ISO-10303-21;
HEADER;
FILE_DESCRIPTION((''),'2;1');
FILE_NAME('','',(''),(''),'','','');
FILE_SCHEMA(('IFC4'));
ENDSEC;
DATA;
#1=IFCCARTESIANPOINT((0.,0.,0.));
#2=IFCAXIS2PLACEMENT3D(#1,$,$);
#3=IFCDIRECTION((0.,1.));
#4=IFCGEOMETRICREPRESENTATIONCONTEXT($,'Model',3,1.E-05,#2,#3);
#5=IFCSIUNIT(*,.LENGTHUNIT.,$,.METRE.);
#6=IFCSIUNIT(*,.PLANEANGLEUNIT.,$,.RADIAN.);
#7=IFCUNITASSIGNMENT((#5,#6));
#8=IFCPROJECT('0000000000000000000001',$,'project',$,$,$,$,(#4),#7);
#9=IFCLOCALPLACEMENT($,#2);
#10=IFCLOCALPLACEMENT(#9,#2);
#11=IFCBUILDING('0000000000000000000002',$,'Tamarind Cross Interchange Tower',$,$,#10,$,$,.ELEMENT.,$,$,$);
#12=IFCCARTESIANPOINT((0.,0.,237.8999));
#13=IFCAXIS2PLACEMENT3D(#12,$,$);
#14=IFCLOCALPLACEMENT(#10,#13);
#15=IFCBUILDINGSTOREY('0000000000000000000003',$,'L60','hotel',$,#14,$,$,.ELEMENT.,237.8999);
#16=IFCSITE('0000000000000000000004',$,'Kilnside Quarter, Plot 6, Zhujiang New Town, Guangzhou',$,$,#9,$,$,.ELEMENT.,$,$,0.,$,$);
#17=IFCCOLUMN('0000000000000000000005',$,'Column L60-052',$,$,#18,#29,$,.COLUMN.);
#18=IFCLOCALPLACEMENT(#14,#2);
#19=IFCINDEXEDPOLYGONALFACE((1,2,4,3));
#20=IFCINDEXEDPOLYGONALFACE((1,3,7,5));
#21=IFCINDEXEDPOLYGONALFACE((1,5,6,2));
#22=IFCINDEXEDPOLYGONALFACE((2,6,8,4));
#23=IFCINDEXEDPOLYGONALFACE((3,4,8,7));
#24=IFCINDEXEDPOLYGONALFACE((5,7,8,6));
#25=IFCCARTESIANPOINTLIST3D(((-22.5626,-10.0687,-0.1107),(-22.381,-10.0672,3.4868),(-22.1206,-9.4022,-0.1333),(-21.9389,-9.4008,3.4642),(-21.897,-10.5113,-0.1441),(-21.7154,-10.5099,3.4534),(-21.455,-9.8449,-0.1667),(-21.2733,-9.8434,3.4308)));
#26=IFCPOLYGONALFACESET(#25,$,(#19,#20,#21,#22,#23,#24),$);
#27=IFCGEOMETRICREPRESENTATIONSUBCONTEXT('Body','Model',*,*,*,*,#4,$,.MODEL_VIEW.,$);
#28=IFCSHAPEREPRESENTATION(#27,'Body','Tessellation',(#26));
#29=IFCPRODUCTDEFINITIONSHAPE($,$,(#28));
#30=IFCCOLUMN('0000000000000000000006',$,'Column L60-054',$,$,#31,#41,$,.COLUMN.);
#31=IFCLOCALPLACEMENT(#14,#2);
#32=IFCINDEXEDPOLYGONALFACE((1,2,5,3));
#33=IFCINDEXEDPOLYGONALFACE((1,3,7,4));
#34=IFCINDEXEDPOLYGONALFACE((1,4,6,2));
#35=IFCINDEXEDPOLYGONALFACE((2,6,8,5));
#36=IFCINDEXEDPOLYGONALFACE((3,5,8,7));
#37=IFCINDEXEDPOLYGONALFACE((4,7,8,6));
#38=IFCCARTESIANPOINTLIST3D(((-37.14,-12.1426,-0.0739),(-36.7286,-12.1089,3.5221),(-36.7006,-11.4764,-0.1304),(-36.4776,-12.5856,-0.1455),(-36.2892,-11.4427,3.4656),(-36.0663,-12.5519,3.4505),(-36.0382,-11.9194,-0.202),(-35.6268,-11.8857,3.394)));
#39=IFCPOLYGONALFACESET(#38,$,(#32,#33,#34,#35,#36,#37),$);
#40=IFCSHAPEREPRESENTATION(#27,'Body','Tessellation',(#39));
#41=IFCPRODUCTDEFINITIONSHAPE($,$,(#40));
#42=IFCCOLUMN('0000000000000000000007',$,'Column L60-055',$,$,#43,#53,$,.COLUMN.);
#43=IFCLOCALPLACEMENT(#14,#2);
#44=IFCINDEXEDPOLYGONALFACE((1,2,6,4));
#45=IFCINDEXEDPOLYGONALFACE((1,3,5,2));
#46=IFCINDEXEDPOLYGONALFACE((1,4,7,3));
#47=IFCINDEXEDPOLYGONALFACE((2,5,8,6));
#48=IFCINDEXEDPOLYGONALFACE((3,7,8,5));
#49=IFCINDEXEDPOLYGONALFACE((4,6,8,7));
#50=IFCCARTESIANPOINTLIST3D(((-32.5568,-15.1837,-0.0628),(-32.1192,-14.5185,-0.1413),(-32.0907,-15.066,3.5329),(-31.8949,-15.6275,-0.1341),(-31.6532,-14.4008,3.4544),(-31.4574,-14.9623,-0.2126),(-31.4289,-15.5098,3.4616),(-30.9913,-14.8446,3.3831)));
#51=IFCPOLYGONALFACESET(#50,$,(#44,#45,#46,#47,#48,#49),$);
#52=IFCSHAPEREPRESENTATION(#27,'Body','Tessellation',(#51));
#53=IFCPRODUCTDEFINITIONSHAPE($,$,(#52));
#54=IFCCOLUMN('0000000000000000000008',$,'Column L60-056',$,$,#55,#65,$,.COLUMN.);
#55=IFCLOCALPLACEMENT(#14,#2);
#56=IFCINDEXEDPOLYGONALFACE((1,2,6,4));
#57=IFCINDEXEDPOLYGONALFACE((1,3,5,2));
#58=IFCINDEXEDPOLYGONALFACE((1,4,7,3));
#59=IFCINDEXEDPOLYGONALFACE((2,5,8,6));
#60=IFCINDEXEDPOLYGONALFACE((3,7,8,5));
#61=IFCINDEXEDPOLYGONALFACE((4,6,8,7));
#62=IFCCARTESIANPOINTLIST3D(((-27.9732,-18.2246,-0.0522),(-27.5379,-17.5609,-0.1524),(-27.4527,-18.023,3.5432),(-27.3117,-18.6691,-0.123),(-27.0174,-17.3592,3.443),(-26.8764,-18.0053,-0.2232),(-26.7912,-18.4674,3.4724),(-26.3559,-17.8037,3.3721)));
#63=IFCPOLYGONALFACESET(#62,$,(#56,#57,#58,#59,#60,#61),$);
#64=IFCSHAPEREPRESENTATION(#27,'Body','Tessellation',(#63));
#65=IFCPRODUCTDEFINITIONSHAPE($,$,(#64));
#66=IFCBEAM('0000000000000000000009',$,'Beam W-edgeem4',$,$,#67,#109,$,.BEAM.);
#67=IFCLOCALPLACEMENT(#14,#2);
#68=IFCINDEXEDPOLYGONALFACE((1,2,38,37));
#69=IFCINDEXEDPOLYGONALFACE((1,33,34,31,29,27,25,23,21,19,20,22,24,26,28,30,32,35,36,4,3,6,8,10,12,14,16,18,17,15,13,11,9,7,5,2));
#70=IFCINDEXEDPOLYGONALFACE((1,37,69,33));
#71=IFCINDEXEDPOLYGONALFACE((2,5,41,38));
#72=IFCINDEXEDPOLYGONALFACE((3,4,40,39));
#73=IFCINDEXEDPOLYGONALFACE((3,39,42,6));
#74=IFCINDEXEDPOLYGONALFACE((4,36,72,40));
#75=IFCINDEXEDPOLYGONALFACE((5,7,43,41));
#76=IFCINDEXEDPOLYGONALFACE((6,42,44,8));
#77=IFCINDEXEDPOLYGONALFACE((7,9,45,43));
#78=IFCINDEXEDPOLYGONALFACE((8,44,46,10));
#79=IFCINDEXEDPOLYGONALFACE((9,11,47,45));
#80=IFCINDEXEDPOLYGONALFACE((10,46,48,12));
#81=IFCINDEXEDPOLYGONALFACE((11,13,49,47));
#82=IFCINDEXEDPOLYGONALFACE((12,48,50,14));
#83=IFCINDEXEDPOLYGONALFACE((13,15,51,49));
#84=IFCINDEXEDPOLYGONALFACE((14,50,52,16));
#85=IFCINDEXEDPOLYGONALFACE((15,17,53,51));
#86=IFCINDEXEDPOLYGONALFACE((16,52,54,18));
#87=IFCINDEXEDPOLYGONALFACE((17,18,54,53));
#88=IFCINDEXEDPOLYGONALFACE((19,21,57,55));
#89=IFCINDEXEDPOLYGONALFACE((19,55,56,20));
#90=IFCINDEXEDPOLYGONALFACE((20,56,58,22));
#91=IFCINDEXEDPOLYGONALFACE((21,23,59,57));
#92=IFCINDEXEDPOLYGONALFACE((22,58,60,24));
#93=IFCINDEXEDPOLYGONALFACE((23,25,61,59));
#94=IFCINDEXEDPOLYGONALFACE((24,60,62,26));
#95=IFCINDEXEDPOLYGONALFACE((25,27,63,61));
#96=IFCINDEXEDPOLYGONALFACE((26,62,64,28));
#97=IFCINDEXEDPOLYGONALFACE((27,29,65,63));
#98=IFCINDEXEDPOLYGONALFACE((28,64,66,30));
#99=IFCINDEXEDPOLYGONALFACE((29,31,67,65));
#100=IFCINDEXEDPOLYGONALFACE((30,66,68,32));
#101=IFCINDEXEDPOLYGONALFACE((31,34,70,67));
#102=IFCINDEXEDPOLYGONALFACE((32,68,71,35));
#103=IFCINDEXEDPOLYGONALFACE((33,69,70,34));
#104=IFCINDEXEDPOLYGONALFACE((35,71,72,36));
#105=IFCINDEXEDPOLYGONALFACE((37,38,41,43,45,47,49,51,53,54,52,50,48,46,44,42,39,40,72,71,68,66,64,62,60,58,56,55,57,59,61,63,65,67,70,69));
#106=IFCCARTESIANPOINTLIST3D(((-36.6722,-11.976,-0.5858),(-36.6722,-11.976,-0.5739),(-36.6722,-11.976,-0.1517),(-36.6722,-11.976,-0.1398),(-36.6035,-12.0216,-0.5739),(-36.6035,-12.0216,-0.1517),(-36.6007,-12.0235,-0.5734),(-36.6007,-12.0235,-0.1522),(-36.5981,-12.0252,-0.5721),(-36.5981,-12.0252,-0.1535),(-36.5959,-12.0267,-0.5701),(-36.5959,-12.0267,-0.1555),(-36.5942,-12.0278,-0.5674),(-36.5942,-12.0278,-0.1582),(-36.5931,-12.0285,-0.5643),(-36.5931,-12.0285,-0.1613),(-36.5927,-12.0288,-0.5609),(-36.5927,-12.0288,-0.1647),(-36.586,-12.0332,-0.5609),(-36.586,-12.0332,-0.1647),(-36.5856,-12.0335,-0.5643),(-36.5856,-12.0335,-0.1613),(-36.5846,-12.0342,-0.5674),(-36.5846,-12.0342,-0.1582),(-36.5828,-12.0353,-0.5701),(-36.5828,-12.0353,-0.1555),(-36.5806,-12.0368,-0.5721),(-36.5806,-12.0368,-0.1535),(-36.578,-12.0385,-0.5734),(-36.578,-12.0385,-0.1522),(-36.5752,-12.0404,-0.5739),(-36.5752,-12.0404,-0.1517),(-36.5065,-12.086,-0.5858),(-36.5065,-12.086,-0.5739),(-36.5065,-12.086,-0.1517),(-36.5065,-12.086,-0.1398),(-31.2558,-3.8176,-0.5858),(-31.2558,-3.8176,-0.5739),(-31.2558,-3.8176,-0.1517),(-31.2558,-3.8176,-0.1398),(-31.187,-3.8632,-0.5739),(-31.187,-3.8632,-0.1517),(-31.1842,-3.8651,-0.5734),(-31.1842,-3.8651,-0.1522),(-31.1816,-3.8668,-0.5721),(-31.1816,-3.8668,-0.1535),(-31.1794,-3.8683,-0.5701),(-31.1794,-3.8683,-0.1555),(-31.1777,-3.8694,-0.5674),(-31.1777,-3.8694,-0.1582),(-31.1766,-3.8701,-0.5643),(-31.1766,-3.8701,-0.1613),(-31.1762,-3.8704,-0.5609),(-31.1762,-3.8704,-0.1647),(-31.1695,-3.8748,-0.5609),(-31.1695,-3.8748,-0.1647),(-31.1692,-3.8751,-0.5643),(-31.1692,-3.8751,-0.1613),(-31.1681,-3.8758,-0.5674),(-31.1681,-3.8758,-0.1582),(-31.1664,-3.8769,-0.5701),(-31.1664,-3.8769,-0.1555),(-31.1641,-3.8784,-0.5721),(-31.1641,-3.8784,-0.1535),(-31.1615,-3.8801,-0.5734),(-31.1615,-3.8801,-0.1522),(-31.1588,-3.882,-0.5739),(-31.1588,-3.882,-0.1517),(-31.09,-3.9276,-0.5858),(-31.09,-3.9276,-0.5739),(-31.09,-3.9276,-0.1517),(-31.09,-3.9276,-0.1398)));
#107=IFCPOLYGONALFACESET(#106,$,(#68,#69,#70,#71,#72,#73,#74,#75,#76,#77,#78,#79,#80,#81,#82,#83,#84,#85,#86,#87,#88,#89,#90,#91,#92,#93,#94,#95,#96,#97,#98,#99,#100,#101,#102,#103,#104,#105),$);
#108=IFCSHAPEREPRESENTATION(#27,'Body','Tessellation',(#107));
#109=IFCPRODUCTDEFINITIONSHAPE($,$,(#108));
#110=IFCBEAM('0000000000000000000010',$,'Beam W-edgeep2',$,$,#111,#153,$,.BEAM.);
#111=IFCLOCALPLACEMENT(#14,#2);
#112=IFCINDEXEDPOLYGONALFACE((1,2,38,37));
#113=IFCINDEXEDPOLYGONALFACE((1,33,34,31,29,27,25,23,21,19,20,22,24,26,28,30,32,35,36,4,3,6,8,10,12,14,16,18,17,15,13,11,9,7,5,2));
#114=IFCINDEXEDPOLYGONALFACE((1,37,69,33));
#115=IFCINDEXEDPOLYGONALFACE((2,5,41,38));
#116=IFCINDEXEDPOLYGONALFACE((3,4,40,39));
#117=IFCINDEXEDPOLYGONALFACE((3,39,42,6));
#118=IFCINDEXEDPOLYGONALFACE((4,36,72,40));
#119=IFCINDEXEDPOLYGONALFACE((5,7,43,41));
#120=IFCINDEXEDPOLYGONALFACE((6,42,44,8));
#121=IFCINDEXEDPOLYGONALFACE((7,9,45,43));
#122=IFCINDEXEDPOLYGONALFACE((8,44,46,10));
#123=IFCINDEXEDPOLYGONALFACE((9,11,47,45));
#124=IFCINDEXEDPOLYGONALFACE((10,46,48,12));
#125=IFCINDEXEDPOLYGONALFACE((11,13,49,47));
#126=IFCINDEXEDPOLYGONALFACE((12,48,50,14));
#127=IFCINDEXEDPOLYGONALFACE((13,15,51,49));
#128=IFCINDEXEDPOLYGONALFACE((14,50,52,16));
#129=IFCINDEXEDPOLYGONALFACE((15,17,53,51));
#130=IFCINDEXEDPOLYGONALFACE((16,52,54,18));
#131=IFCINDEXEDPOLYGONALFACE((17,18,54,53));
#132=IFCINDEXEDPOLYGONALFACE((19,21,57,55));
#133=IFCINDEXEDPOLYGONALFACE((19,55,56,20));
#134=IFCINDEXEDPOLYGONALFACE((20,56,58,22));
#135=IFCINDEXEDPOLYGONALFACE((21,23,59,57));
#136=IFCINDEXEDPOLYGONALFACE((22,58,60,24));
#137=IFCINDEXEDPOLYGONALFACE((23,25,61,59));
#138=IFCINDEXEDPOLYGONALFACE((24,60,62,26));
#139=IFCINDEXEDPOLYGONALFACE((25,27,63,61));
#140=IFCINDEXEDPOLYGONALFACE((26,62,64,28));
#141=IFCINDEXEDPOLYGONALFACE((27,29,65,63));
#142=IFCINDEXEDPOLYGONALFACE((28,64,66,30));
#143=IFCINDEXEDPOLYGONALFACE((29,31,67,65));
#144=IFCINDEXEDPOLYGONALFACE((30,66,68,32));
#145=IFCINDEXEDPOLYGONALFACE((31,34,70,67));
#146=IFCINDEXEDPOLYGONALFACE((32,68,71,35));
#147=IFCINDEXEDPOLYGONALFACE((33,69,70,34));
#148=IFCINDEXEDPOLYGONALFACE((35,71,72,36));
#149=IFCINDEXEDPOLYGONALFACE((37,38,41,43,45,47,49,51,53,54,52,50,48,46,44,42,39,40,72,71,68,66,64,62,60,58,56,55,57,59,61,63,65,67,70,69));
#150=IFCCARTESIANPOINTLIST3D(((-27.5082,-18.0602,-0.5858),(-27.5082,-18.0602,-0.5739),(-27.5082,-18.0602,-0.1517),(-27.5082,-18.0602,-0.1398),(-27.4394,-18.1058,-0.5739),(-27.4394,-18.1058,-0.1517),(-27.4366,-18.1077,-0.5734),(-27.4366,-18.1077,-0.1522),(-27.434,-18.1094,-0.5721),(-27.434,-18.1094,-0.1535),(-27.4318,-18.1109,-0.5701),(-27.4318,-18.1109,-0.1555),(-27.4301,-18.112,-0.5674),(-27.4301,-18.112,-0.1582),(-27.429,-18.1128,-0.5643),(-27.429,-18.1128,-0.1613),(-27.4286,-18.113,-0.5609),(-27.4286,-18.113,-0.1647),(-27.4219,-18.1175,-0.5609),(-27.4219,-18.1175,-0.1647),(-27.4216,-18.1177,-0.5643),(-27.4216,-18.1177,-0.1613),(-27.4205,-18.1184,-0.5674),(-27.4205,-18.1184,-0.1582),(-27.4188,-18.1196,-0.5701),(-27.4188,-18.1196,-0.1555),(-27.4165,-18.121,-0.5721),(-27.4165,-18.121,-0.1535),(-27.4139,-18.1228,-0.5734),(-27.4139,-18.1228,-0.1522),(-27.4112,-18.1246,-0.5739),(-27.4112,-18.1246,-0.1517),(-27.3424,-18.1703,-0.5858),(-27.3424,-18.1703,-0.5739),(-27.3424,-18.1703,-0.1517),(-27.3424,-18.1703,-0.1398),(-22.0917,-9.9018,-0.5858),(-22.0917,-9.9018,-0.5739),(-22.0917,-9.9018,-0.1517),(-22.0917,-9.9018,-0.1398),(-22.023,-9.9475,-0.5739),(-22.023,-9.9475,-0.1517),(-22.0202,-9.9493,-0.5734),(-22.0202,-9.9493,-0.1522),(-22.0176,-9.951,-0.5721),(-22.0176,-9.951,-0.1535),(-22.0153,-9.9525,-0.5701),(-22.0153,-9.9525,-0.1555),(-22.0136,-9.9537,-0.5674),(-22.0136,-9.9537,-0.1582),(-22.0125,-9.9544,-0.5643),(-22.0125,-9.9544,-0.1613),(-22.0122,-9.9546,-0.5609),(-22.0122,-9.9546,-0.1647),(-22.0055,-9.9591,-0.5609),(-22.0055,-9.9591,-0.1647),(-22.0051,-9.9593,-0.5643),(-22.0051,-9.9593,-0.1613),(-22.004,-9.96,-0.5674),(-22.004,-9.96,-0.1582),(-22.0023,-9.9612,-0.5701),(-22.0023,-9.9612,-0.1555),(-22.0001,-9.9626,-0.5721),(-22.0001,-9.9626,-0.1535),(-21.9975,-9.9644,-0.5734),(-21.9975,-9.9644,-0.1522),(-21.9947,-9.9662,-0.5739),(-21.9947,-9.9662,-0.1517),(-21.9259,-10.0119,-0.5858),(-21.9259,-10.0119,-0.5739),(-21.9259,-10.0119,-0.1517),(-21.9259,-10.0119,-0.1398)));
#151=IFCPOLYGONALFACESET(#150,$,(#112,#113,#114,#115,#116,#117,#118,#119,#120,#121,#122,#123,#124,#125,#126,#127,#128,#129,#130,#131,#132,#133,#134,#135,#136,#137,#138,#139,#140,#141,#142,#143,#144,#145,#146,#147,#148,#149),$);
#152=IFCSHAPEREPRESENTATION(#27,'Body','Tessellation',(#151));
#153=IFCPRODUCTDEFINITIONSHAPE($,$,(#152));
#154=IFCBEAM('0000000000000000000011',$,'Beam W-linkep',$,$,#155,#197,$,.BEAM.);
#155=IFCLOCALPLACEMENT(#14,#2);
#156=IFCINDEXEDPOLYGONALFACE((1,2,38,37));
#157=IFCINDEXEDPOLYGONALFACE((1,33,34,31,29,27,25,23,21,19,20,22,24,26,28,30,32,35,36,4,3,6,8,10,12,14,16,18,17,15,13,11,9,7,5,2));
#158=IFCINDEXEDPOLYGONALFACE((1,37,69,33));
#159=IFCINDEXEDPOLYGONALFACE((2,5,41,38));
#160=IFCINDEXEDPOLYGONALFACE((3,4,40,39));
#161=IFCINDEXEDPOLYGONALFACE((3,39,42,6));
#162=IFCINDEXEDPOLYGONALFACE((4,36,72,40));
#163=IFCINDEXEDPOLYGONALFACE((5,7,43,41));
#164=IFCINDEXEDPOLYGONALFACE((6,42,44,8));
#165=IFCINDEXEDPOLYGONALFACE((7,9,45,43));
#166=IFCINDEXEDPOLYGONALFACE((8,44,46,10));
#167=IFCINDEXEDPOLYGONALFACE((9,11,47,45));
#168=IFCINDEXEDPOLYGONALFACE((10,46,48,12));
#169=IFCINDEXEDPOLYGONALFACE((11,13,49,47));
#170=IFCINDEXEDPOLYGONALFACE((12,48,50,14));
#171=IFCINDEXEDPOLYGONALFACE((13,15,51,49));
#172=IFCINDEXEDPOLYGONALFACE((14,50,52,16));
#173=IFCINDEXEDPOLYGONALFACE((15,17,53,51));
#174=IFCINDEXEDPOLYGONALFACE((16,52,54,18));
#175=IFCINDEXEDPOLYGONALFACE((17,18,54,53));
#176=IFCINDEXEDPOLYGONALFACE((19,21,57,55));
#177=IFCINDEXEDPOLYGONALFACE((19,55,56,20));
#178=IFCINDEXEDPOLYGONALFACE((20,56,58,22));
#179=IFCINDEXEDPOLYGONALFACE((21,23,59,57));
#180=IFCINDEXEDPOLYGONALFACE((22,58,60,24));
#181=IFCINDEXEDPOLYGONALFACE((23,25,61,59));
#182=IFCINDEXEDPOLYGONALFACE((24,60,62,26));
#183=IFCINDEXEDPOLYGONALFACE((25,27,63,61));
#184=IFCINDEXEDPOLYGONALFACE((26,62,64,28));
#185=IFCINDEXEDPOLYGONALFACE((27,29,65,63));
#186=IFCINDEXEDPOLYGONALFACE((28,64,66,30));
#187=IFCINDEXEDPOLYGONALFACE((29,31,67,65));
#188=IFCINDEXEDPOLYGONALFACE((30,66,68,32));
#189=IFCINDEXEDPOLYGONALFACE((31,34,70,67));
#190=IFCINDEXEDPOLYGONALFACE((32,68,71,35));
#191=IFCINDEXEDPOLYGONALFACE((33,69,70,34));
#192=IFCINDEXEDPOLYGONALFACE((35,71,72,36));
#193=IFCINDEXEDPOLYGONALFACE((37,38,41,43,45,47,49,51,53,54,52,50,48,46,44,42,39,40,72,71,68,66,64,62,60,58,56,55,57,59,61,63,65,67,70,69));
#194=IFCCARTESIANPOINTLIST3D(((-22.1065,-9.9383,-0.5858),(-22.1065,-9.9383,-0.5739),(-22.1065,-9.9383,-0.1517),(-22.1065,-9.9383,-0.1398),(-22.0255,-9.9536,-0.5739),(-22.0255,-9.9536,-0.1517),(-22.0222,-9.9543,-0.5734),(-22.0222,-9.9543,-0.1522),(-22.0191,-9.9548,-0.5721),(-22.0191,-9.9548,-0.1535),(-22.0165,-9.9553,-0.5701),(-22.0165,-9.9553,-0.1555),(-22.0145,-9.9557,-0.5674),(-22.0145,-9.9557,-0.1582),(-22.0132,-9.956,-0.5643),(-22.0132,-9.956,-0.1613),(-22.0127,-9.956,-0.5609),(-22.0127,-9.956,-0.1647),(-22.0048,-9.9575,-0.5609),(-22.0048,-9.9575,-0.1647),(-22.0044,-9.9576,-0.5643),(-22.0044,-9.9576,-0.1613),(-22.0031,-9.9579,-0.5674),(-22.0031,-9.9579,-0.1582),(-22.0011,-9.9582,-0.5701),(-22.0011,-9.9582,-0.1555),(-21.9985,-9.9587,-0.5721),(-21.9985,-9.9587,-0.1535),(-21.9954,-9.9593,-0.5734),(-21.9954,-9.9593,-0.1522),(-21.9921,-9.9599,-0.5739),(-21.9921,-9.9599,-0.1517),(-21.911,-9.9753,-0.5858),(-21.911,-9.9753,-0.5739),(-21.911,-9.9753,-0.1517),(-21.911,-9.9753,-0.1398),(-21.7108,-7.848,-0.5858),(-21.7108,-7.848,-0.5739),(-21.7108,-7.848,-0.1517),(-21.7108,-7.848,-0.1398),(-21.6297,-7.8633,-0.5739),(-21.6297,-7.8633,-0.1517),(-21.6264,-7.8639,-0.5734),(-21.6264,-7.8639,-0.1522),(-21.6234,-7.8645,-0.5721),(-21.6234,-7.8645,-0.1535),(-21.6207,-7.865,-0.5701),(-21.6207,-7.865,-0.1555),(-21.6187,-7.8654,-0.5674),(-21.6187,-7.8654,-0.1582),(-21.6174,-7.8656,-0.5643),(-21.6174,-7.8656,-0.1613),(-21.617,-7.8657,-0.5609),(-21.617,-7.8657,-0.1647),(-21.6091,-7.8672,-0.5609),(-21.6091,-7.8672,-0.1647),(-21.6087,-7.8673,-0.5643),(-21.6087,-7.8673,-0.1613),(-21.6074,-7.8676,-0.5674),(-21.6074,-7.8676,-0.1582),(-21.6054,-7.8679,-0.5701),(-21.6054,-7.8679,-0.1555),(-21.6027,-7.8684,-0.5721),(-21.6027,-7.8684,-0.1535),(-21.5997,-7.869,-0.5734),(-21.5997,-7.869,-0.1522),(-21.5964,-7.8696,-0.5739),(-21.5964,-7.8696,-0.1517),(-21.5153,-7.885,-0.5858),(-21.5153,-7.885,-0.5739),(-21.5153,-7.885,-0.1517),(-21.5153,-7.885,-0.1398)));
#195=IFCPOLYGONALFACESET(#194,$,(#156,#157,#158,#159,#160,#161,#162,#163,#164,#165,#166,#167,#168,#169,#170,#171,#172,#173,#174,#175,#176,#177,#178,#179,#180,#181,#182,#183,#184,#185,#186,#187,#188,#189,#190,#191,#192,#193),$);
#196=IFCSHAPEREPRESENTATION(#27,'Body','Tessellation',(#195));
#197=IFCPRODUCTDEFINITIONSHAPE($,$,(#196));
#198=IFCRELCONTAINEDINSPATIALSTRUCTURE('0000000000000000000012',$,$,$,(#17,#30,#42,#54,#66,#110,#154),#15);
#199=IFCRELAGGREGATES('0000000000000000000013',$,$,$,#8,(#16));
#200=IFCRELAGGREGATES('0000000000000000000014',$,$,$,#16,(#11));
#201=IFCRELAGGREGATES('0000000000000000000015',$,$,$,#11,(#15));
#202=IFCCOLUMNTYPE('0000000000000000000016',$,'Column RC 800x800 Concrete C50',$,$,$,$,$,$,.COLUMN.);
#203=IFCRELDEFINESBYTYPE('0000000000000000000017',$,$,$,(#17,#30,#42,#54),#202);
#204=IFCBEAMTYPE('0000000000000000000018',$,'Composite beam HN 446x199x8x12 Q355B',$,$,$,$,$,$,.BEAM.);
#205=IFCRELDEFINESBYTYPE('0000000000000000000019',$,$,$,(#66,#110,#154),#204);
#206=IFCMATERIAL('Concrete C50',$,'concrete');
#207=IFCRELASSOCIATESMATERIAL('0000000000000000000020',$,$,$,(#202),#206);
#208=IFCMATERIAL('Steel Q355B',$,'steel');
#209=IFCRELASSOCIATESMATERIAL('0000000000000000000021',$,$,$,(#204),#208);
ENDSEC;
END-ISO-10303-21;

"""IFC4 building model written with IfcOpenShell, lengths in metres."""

from ifc_helpers import new_model, si_unit, direction, frame, origin, origin_2d, place, context, subcontext, project, spatial, rectangle, i_section, extrude, material, material_profile, profile_set, type_object, element, save


model = new_model("IFC4")

# Units and contexts
model_context = context("Model", 3, precision=1e-05, world=origin(), true_north=direction((0.0, 1.0)))
body_context = subcontext(model_context, "Body", "Model", "MODEL_VIEW")
ifc_project = project(units=[si_unit("LENGTHUNIT", "METRE"), si_unit("PLANEANGLEUNIT", "RADIAN")], contexts=[model_context])

# Site, building, storey
site_placement = place(None, origin())
site = spatial("IfcSite", under=ifc_project, at=site_placement, Name="Kilnside Quarter, Plot 6, Zhujiang New Town, Guangzhou", CompositionType="ELEMENT", RefElevation=0.0)
building_placement = place(site_placement, origin())
building = spatial("IfcBuilding", under=site, at=building_placement, Name="Tamarind Cross Interchange Tower", CompositionType="ELEMENT")
storey_placement = place(building_placement, frame((0.0, 0.0, 237.8999)))
storey = spatial("IfcBuildingStorey", under=building, at=storey_placement, Name="L60", Description="hotel", CompositionType="ELEMENT", Elevation=237.8999)

# Columns
ifc_material_1 = material(Name="Concrete C50", Category="concrete")
ifc_material_profile_1 = material_profile(ifc_material_1, rectangle(XDim=0.8, YDim=0.8, at=origin_2d()), Name="RC 800x800")
ifc_profile_set_1 = profile_set([ifc_material_profile_1], Name="Concrete C50")
column_type = type_object("IfcColumnType", Name="Column RC 800x800 Concrete C50", PredefinedType="COLUMN", material=ifc_profile_set_1)
column_1_placement = place(storey_placement, frame((-22.0088, -9.9568, -0.1387), z_axis=(0.050428, 0.000407, 0.998728), x_axis=(-0.831956, 0.553267, 0.041782)))
element("IfcColumn", 1, at=column_1_placement, inside=storey, type_object=column_type, Name="Column L60-052", PredefinedType="COLUMN", context=body_context, shape_type="SweptSolid", body=[
    extrude(rectangle(XDim=0.8, YDim=0.8, at=origin_2d()), origin(), (0.0, 0.0, 1.0), 3.6021),
])
column_2_placement = place(storey_placement, frame((-36.5891, -12.031, -0.1379), z_axis=(0.113654, 0.009308, 0.993477), x_axis=(-0.827905, 0.553677, 0.089525)))
element("IfcColumn", 2, at=column_2_placement, inside=storey, type_object=column_type, Name="Column L60-054", PredefinedType="COLUMN", context=body_context, shape_type="SweptSolid", body=[
    extrude(rectangle(XDim=0.8, YDim=0.8, at=origin_2d()), origin(), (0.0, 0.0, 1.0), 3.6196),
])
column_3_placement = place(storey_placement, frame((-32.0071, -15.073, -0.1377), z_axis=(0.128474, 0.032438, 0.991182), x_axis=(-0.827284, 0.554677, 0.089077)))
element("IfcColumn", 3, at=column_3_placement, inside=storey, type_object=column_type, Name="Column L60-055", PredefinedType="COLUMN", context=body_context, shape_type="SweptSolid", body=[
    extrude(rectangle(XDim=0.8, YDim=0.8, at=origin_2d()), origin(), (0.0, 0.0, 1.0), 3.6277),
])
column_4_placement = place(storey_placement, frame((-27.4248, -18.115, -0.1377), z_axis=(0.143054, 0.055423, 0.988162), x_axis=(-0.826758, 0.555549, 0.088529)))
element("IfcColumn", 4, at=column_4_placement, inside=storey, type_object=column_type, Name="Column L60-056", PredefinedType="COLUMN", context=body_context, shape_type="SweptSolid", body=[
    extrude(rectangle(XDim=0.8, YDim=0.8, at=origin_2d()), origin(), (0.0, 0.0, 1.0), 3.6384),
])

# Beams
ifc_material_2 = material(Name="Steel Q355B", Category="steel")
ifc_material_profile_2 = material_profile(ifc_material_2, i_section(OverallWidth=0.199, OverallDepth=0.446, WebThickness=0.0081, FlangeThickness=0.012, FilletRadius=0.0129, at=origin_2d()), Name="HN 446x199x8x12")
ifc_profile_set_2 = profile_set([ifc_material_profile_2], Name="Steel Q355B")
beam_type_1 = type_object("IfcBeamType", Name="Composite beam HN 446x199x8x12 Q355B", PredefinedType="BEAM", material=ifc_profile_set_2)
for number, where, z_axis, x_axis, name in (
    (5, (-36.5894, -12.031, -0.3628), (0.553111, 0.833107, 0.0), (-0.833107, 0.553111, 0.0), "Beam W-edgeem4"),
    (6, (-27.4253, -18.1152, -0.3628), (0.553111, 0.833107, 0.0), (-0.833107, 0.553111, 0.0), "Beam W-edgeep2"),
):
    element("IfcBeam", number, at=place(storey_placement, frame(where, z_axis=z_axis, x_axis=x_axis)), inside=storey, type_object=beam_type_1, Name=name, PredefinedType="BEAM", context=body_context, shape_type="SweptSolid", body=[
        extrude(i_section(OverallWidth=0.199, OverallDepth=0.446, WebThickness=0.0081, FlangeThickness=0.012, FilletRadius=0.0129, at=origin_2d()), origin(), (0.0, 0.0, 1.0), 9.7927),
    ])
beam_1_placement = place(storey_placement, frame((-22.0088, -9.9568, -0.3628), z_axis=(0.18602, 0.982546, 0.0), x_axis=(-0.982546, 0.18602, 0.0)))
element("IfcBeam", 7, at=beam_1_placement, inside=storey, type_object=beam_type_1, Name="Beam W-linkep", PredefinedType="BEAM", context=body_context, shape_type="SweptSolid", body=[
    extrude(i_section(OverallWidth=0.199, OverallDepth=0.446, WebThickness=0.0081, FlangeThickness=0.012, FilletRadius=0.0129, at=origin_2d()), origin(), (0.0, 0.0, 1.0), 2.1274),
])

save(model, "model.ifc")
